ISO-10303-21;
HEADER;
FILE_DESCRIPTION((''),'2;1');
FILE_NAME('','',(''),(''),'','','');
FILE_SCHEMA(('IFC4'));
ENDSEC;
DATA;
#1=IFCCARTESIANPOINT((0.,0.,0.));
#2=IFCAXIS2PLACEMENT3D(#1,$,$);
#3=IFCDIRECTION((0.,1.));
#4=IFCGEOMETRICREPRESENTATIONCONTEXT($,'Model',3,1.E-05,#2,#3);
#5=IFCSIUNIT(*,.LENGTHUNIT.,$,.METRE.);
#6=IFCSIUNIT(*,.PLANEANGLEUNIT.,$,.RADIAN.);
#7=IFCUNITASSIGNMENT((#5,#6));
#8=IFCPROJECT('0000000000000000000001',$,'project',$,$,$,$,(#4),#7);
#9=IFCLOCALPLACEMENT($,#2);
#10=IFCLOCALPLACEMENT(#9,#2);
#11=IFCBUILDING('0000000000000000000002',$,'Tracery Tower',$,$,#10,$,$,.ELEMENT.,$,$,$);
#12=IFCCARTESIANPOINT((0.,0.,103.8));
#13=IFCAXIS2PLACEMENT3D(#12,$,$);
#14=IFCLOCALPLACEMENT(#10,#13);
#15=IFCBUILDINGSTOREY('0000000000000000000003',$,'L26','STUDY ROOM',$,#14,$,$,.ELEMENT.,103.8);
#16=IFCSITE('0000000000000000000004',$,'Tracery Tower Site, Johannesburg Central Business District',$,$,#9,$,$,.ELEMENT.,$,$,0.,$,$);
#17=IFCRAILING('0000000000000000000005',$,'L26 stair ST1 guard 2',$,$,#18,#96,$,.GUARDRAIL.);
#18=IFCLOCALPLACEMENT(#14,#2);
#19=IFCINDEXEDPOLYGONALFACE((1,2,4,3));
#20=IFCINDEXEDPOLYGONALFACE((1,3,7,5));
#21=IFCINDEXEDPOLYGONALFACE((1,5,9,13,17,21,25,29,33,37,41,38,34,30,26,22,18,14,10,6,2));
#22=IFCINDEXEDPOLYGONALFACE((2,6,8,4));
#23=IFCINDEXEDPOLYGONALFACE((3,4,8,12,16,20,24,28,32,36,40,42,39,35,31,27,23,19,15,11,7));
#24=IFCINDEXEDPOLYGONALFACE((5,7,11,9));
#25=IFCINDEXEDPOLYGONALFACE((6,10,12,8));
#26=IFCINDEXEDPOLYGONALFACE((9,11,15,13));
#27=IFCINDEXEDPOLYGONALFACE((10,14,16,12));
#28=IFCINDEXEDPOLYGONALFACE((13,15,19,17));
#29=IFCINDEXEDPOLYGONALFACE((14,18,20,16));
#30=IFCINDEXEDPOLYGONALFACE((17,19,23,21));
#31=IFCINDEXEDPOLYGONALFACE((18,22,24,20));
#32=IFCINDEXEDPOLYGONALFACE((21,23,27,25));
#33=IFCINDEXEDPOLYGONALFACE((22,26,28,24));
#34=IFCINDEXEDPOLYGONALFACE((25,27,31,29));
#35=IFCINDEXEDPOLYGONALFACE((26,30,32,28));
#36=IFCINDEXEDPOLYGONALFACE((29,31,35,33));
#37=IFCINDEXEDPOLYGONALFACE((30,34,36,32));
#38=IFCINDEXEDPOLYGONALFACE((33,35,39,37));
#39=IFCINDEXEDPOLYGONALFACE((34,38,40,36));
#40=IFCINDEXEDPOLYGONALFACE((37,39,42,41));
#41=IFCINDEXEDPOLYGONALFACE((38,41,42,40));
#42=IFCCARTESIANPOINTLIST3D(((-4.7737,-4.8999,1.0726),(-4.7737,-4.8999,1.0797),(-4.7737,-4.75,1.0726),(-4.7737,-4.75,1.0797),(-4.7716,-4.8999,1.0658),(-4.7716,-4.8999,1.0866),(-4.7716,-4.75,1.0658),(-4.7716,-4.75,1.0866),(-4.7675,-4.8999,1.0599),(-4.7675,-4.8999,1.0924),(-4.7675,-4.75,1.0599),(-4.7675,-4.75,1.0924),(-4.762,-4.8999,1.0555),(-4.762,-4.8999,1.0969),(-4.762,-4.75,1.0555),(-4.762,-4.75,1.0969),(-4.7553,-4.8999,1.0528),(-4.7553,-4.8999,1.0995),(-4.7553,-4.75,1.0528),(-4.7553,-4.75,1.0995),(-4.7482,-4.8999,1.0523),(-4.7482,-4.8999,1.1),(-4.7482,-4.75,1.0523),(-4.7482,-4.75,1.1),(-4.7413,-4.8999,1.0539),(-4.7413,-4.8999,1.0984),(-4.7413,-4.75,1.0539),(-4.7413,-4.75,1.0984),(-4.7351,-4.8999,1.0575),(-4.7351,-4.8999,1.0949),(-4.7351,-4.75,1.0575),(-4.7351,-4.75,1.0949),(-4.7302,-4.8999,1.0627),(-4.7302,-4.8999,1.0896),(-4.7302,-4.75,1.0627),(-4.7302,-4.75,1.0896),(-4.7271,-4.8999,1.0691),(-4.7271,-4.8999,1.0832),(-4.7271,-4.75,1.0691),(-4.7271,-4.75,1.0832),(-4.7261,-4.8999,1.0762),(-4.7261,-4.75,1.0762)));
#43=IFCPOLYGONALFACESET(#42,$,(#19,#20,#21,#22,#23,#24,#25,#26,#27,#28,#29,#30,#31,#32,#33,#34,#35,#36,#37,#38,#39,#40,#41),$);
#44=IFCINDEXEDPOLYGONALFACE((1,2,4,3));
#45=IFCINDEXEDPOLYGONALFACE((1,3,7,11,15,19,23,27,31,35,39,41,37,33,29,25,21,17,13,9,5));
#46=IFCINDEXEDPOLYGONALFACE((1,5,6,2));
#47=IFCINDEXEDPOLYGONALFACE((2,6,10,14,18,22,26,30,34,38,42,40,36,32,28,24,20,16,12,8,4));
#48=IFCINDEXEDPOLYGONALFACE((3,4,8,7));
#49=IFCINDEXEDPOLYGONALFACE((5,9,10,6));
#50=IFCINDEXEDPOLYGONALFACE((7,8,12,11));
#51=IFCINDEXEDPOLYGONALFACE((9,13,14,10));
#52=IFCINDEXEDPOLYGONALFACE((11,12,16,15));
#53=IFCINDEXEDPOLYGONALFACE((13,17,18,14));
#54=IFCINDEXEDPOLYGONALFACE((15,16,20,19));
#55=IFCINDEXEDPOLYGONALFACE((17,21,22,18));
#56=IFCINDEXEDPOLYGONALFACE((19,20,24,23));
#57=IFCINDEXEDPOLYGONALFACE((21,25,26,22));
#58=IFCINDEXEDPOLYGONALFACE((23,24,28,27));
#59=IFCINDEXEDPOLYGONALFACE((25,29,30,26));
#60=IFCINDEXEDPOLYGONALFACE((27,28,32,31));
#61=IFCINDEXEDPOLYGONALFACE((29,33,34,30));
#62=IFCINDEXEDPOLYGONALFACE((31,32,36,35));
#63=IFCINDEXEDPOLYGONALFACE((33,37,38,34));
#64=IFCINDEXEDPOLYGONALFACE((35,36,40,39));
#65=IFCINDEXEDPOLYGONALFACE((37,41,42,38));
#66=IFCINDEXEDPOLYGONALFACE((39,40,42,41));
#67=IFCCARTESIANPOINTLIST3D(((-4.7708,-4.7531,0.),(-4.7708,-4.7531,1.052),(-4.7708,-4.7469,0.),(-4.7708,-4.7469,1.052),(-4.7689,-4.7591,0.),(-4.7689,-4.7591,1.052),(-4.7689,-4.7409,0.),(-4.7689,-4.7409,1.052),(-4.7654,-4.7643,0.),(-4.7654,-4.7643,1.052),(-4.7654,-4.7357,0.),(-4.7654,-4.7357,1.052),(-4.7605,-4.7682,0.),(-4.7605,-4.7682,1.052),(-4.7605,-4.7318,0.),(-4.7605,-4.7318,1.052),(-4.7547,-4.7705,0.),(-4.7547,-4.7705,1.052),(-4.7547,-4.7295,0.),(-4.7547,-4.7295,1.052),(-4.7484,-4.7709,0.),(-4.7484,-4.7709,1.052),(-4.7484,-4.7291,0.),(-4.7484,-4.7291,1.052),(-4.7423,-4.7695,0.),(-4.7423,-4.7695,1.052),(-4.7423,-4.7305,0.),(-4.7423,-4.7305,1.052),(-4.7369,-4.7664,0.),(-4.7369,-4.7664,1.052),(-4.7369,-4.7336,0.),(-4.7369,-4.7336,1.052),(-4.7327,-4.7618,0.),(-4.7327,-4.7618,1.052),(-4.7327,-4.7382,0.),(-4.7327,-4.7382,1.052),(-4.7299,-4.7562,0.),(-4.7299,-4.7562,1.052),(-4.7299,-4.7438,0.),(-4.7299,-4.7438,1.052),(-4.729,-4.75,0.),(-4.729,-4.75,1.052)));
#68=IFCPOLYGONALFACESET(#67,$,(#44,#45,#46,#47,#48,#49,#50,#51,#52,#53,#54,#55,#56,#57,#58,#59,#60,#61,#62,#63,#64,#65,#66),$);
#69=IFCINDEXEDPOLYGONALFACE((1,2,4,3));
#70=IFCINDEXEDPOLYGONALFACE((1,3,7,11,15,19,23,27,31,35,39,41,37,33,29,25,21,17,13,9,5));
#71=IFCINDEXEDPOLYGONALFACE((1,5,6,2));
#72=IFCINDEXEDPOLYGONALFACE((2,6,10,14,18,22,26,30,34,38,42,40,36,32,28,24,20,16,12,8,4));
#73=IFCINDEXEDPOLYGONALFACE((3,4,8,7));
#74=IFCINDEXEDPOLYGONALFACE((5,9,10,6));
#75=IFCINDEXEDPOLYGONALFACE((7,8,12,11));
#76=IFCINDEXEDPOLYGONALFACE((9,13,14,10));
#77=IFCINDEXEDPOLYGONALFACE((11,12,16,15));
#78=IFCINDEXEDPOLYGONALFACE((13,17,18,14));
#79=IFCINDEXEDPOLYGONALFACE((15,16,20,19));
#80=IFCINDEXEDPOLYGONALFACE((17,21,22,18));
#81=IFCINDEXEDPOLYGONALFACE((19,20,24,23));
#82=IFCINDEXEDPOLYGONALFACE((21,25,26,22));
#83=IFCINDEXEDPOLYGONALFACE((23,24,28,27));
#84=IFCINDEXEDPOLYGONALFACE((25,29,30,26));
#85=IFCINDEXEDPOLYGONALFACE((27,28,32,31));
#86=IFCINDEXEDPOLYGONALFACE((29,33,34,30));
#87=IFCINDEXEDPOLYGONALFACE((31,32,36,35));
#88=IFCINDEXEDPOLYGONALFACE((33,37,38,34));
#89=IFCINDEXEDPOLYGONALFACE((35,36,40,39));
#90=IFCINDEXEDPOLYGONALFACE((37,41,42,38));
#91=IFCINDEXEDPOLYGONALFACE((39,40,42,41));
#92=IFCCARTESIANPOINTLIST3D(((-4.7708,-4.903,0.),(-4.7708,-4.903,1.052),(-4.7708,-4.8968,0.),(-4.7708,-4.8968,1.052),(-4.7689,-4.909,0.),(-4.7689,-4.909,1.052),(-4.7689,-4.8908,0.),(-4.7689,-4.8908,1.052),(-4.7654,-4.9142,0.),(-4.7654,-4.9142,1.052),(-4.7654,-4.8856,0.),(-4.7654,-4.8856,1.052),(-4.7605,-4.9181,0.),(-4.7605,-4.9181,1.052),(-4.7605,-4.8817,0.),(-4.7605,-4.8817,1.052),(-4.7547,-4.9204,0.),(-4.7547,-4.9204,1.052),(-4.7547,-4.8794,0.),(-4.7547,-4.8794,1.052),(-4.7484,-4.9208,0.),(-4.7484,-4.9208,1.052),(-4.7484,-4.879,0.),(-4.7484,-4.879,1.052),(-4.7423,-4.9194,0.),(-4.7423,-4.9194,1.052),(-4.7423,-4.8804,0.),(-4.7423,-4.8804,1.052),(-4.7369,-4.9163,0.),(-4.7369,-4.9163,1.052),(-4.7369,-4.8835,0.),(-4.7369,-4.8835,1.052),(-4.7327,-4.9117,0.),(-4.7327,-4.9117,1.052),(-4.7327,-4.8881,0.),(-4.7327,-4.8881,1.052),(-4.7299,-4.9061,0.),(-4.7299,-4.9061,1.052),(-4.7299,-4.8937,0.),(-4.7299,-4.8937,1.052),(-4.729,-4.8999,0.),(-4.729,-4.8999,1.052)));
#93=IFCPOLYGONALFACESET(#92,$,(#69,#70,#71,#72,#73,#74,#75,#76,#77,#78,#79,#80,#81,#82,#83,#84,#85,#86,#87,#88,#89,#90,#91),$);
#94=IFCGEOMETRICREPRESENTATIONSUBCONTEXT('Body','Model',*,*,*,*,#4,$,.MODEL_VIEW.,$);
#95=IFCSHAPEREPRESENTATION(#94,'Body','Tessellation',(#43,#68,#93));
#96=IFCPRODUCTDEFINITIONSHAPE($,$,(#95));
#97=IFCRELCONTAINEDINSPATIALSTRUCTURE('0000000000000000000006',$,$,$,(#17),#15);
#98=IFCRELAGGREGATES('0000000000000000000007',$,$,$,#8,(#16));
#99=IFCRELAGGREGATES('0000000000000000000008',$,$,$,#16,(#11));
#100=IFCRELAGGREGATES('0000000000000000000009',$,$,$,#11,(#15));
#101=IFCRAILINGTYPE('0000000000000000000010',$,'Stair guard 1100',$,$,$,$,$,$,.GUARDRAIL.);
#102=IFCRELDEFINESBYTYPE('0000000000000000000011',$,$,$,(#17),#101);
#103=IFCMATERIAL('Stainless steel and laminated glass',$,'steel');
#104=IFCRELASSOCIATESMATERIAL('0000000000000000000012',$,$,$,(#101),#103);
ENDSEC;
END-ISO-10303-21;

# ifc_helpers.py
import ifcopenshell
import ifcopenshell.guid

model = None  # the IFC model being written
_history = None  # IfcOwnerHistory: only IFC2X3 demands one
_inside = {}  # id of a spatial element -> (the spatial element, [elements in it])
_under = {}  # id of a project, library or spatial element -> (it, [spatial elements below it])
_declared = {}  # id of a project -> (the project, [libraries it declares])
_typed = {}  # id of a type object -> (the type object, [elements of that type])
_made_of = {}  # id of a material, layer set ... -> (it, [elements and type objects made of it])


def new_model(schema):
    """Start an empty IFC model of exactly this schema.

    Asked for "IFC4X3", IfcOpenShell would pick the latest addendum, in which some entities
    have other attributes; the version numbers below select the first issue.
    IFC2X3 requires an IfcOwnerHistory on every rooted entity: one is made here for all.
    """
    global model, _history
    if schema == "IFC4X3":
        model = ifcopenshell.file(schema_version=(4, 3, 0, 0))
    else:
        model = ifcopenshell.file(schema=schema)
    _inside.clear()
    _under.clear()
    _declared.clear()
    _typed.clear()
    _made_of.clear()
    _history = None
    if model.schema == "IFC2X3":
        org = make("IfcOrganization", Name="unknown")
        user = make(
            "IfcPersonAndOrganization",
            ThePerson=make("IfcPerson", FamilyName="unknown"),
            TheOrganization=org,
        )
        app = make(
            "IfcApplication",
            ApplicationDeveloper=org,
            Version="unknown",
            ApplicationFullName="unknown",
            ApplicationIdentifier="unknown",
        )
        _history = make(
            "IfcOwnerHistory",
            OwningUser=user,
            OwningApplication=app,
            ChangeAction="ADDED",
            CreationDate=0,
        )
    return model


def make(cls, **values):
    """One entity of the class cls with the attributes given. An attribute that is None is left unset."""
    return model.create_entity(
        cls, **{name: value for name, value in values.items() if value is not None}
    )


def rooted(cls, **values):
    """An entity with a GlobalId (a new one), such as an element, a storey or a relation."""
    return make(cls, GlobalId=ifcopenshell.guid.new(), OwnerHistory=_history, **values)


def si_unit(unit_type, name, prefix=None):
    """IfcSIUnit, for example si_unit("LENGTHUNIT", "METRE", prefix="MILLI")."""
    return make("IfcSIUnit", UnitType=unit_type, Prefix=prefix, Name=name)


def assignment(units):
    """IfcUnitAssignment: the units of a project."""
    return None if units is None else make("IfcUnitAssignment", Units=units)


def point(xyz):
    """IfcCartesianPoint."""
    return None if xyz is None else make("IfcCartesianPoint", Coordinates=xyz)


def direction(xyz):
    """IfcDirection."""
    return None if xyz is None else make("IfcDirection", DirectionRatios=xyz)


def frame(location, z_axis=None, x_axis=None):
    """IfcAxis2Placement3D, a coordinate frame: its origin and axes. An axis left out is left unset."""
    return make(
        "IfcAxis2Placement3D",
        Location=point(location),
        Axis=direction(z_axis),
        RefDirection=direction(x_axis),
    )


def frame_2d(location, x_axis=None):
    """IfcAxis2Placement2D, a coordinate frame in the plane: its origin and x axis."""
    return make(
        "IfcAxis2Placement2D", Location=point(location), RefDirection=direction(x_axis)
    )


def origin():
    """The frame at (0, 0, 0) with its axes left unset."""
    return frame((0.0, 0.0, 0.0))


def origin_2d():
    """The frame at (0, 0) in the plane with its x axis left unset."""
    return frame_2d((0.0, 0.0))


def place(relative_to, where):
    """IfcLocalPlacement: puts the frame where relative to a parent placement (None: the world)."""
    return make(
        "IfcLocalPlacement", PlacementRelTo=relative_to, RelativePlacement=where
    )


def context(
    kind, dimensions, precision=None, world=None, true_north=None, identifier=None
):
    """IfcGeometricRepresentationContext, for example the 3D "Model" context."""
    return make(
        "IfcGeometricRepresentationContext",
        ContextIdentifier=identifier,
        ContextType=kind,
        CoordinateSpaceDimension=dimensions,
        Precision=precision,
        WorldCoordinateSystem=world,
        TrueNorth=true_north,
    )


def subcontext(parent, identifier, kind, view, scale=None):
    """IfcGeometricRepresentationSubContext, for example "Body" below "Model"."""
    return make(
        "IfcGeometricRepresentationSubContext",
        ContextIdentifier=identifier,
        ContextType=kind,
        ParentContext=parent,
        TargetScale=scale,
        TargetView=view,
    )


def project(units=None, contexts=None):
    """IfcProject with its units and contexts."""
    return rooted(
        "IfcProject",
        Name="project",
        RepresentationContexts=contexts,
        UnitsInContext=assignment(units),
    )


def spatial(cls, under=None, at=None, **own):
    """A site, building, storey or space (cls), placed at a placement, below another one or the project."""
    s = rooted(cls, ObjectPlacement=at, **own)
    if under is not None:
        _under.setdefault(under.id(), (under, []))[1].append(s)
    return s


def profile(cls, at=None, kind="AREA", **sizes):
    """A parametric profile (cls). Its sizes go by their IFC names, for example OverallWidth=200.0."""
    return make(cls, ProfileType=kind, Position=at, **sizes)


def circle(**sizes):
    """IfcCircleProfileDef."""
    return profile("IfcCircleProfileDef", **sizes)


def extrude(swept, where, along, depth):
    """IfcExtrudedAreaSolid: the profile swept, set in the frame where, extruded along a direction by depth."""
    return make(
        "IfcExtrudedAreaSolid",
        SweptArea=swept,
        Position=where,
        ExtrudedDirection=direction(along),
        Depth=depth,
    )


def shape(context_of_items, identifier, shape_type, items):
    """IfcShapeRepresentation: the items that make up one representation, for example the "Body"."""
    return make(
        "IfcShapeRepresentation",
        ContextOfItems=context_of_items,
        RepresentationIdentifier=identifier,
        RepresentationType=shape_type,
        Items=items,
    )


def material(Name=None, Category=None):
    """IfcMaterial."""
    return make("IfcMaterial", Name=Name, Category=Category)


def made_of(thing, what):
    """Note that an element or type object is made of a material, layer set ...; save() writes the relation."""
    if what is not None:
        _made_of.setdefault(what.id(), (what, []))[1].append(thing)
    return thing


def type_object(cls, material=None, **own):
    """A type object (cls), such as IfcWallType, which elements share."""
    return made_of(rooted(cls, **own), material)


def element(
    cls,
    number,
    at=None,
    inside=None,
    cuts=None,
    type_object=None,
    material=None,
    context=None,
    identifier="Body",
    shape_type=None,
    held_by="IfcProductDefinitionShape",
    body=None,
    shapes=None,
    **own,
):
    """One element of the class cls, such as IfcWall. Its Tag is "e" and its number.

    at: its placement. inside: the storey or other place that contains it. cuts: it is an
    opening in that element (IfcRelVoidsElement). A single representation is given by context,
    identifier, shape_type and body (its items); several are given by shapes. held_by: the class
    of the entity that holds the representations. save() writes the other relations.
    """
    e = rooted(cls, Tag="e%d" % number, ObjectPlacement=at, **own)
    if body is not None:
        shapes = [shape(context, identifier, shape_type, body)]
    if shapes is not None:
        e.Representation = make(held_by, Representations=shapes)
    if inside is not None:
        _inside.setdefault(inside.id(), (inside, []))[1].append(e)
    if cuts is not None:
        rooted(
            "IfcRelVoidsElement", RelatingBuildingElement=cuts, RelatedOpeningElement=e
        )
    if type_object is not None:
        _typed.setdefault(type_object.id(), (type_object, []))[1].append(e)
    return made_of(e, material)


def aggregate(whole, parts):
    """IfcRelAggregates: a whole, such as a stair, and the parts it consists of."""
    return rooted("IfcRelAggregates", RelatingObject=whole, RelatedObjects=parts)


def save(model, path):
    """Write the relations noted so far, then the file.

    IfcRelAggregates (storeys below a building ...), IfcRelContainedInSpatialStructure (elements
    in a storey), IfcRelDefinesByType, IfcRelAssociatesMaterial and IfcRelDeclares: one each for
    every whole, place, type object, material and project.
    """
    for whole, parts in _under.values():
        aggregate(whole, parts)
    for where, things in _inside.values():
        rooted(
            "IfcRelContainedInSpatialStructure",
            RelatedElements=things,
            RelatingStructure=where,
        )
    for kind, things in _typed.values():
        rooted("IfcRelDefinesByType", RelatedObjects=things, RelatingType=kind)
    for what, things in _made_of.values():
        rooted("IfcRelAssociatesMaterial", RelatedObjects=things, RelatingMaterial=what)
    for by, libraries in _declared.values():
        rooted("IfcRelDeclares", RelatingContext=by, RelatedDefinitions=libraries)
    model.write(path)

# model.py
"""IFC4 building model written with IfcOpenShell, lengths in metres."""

from ifc_helpers import new_model, si_unit, direction, frame, origin, origin_2d, place, context, subcontext, project, spatial, circle, extrude, material, type_object, element, save


model = new_model("IFC4")

# Units and contexts
model_context = context("Model", 3, precision=1e-05, world=origin(), true_north=direction((0.0, 1.0)))
body_context = subcontext(model_context, "Body", "Model", "MODEL_VIEW")
ifc_project = project(units=[si_unit("LENGTHUNIT", "METRE"), si_unit("PLANEANGLEUNIT", "RADIAN")], contexts=[model_context])

# Site, building, storey
site_placement = place(None, origin())
site = spatial("IfcSite", under=ifc_project, at=site_placement, Name="Tracery Tower Site, Johannesburg Central Business District", CompositionType="ELEMENT", RefElevation=0.0)
building_placement = place(site_placement, origin())
building = spatial("IfcBuilding", under=site, at=building_placement, Name="Tracery Tower", CompositionType="ELEMENT")
storey_placement = place(building_placement, frame((0.0, 0.0, 103.8)))
storey = spatial("IfcBuildingStorey", under=building, at=storey_placement, Name="L26", Description="STUDY ROOM", CompositionType="ELEMENT", Elevation=103.8)

# Railing
ifc_material_1 = material(Name="Stainless steel and laminated glass", Category="steel")
railing_type_1 = type_object("IfcRailingType", Name="Stair guard 1100", PredefinedType="GUARDRAIL", material=ifc_material_1)
railing_1_placement = place(storey_placement, frame((-4.75, -4.75, 0.0)))
element("IfcRailing", 1, at=railing_1_placement, inside=storey, type_object=railing_type_1, Name="L26 stair ST1 guard 2", PredefinedType="GUARDRAIL", context=body_context, shape_type="SweptSolid", body=[
    extrude(circle(Radius=0.0239, at=origin_2d()), frame((0.0, 0.0, 1.0762), z_axis=(0.0, -1.0, 0.0), x_axis=(1.0, 0.0, 0.0)), (0.0, 0.0, 1.0), 0.1499),
    extrude(circle(Radius=0.021, at=origin_2d()), origin(), (0.0, 0.0, 1.0), 1.052),
    extrude(circle(Radius=0.021, at=origin_2d()), frame((0.0, -0.1499, 0.0)), (0.0, 0.0, 1.0), 1.052),
])

save(model, "model.ifc")
